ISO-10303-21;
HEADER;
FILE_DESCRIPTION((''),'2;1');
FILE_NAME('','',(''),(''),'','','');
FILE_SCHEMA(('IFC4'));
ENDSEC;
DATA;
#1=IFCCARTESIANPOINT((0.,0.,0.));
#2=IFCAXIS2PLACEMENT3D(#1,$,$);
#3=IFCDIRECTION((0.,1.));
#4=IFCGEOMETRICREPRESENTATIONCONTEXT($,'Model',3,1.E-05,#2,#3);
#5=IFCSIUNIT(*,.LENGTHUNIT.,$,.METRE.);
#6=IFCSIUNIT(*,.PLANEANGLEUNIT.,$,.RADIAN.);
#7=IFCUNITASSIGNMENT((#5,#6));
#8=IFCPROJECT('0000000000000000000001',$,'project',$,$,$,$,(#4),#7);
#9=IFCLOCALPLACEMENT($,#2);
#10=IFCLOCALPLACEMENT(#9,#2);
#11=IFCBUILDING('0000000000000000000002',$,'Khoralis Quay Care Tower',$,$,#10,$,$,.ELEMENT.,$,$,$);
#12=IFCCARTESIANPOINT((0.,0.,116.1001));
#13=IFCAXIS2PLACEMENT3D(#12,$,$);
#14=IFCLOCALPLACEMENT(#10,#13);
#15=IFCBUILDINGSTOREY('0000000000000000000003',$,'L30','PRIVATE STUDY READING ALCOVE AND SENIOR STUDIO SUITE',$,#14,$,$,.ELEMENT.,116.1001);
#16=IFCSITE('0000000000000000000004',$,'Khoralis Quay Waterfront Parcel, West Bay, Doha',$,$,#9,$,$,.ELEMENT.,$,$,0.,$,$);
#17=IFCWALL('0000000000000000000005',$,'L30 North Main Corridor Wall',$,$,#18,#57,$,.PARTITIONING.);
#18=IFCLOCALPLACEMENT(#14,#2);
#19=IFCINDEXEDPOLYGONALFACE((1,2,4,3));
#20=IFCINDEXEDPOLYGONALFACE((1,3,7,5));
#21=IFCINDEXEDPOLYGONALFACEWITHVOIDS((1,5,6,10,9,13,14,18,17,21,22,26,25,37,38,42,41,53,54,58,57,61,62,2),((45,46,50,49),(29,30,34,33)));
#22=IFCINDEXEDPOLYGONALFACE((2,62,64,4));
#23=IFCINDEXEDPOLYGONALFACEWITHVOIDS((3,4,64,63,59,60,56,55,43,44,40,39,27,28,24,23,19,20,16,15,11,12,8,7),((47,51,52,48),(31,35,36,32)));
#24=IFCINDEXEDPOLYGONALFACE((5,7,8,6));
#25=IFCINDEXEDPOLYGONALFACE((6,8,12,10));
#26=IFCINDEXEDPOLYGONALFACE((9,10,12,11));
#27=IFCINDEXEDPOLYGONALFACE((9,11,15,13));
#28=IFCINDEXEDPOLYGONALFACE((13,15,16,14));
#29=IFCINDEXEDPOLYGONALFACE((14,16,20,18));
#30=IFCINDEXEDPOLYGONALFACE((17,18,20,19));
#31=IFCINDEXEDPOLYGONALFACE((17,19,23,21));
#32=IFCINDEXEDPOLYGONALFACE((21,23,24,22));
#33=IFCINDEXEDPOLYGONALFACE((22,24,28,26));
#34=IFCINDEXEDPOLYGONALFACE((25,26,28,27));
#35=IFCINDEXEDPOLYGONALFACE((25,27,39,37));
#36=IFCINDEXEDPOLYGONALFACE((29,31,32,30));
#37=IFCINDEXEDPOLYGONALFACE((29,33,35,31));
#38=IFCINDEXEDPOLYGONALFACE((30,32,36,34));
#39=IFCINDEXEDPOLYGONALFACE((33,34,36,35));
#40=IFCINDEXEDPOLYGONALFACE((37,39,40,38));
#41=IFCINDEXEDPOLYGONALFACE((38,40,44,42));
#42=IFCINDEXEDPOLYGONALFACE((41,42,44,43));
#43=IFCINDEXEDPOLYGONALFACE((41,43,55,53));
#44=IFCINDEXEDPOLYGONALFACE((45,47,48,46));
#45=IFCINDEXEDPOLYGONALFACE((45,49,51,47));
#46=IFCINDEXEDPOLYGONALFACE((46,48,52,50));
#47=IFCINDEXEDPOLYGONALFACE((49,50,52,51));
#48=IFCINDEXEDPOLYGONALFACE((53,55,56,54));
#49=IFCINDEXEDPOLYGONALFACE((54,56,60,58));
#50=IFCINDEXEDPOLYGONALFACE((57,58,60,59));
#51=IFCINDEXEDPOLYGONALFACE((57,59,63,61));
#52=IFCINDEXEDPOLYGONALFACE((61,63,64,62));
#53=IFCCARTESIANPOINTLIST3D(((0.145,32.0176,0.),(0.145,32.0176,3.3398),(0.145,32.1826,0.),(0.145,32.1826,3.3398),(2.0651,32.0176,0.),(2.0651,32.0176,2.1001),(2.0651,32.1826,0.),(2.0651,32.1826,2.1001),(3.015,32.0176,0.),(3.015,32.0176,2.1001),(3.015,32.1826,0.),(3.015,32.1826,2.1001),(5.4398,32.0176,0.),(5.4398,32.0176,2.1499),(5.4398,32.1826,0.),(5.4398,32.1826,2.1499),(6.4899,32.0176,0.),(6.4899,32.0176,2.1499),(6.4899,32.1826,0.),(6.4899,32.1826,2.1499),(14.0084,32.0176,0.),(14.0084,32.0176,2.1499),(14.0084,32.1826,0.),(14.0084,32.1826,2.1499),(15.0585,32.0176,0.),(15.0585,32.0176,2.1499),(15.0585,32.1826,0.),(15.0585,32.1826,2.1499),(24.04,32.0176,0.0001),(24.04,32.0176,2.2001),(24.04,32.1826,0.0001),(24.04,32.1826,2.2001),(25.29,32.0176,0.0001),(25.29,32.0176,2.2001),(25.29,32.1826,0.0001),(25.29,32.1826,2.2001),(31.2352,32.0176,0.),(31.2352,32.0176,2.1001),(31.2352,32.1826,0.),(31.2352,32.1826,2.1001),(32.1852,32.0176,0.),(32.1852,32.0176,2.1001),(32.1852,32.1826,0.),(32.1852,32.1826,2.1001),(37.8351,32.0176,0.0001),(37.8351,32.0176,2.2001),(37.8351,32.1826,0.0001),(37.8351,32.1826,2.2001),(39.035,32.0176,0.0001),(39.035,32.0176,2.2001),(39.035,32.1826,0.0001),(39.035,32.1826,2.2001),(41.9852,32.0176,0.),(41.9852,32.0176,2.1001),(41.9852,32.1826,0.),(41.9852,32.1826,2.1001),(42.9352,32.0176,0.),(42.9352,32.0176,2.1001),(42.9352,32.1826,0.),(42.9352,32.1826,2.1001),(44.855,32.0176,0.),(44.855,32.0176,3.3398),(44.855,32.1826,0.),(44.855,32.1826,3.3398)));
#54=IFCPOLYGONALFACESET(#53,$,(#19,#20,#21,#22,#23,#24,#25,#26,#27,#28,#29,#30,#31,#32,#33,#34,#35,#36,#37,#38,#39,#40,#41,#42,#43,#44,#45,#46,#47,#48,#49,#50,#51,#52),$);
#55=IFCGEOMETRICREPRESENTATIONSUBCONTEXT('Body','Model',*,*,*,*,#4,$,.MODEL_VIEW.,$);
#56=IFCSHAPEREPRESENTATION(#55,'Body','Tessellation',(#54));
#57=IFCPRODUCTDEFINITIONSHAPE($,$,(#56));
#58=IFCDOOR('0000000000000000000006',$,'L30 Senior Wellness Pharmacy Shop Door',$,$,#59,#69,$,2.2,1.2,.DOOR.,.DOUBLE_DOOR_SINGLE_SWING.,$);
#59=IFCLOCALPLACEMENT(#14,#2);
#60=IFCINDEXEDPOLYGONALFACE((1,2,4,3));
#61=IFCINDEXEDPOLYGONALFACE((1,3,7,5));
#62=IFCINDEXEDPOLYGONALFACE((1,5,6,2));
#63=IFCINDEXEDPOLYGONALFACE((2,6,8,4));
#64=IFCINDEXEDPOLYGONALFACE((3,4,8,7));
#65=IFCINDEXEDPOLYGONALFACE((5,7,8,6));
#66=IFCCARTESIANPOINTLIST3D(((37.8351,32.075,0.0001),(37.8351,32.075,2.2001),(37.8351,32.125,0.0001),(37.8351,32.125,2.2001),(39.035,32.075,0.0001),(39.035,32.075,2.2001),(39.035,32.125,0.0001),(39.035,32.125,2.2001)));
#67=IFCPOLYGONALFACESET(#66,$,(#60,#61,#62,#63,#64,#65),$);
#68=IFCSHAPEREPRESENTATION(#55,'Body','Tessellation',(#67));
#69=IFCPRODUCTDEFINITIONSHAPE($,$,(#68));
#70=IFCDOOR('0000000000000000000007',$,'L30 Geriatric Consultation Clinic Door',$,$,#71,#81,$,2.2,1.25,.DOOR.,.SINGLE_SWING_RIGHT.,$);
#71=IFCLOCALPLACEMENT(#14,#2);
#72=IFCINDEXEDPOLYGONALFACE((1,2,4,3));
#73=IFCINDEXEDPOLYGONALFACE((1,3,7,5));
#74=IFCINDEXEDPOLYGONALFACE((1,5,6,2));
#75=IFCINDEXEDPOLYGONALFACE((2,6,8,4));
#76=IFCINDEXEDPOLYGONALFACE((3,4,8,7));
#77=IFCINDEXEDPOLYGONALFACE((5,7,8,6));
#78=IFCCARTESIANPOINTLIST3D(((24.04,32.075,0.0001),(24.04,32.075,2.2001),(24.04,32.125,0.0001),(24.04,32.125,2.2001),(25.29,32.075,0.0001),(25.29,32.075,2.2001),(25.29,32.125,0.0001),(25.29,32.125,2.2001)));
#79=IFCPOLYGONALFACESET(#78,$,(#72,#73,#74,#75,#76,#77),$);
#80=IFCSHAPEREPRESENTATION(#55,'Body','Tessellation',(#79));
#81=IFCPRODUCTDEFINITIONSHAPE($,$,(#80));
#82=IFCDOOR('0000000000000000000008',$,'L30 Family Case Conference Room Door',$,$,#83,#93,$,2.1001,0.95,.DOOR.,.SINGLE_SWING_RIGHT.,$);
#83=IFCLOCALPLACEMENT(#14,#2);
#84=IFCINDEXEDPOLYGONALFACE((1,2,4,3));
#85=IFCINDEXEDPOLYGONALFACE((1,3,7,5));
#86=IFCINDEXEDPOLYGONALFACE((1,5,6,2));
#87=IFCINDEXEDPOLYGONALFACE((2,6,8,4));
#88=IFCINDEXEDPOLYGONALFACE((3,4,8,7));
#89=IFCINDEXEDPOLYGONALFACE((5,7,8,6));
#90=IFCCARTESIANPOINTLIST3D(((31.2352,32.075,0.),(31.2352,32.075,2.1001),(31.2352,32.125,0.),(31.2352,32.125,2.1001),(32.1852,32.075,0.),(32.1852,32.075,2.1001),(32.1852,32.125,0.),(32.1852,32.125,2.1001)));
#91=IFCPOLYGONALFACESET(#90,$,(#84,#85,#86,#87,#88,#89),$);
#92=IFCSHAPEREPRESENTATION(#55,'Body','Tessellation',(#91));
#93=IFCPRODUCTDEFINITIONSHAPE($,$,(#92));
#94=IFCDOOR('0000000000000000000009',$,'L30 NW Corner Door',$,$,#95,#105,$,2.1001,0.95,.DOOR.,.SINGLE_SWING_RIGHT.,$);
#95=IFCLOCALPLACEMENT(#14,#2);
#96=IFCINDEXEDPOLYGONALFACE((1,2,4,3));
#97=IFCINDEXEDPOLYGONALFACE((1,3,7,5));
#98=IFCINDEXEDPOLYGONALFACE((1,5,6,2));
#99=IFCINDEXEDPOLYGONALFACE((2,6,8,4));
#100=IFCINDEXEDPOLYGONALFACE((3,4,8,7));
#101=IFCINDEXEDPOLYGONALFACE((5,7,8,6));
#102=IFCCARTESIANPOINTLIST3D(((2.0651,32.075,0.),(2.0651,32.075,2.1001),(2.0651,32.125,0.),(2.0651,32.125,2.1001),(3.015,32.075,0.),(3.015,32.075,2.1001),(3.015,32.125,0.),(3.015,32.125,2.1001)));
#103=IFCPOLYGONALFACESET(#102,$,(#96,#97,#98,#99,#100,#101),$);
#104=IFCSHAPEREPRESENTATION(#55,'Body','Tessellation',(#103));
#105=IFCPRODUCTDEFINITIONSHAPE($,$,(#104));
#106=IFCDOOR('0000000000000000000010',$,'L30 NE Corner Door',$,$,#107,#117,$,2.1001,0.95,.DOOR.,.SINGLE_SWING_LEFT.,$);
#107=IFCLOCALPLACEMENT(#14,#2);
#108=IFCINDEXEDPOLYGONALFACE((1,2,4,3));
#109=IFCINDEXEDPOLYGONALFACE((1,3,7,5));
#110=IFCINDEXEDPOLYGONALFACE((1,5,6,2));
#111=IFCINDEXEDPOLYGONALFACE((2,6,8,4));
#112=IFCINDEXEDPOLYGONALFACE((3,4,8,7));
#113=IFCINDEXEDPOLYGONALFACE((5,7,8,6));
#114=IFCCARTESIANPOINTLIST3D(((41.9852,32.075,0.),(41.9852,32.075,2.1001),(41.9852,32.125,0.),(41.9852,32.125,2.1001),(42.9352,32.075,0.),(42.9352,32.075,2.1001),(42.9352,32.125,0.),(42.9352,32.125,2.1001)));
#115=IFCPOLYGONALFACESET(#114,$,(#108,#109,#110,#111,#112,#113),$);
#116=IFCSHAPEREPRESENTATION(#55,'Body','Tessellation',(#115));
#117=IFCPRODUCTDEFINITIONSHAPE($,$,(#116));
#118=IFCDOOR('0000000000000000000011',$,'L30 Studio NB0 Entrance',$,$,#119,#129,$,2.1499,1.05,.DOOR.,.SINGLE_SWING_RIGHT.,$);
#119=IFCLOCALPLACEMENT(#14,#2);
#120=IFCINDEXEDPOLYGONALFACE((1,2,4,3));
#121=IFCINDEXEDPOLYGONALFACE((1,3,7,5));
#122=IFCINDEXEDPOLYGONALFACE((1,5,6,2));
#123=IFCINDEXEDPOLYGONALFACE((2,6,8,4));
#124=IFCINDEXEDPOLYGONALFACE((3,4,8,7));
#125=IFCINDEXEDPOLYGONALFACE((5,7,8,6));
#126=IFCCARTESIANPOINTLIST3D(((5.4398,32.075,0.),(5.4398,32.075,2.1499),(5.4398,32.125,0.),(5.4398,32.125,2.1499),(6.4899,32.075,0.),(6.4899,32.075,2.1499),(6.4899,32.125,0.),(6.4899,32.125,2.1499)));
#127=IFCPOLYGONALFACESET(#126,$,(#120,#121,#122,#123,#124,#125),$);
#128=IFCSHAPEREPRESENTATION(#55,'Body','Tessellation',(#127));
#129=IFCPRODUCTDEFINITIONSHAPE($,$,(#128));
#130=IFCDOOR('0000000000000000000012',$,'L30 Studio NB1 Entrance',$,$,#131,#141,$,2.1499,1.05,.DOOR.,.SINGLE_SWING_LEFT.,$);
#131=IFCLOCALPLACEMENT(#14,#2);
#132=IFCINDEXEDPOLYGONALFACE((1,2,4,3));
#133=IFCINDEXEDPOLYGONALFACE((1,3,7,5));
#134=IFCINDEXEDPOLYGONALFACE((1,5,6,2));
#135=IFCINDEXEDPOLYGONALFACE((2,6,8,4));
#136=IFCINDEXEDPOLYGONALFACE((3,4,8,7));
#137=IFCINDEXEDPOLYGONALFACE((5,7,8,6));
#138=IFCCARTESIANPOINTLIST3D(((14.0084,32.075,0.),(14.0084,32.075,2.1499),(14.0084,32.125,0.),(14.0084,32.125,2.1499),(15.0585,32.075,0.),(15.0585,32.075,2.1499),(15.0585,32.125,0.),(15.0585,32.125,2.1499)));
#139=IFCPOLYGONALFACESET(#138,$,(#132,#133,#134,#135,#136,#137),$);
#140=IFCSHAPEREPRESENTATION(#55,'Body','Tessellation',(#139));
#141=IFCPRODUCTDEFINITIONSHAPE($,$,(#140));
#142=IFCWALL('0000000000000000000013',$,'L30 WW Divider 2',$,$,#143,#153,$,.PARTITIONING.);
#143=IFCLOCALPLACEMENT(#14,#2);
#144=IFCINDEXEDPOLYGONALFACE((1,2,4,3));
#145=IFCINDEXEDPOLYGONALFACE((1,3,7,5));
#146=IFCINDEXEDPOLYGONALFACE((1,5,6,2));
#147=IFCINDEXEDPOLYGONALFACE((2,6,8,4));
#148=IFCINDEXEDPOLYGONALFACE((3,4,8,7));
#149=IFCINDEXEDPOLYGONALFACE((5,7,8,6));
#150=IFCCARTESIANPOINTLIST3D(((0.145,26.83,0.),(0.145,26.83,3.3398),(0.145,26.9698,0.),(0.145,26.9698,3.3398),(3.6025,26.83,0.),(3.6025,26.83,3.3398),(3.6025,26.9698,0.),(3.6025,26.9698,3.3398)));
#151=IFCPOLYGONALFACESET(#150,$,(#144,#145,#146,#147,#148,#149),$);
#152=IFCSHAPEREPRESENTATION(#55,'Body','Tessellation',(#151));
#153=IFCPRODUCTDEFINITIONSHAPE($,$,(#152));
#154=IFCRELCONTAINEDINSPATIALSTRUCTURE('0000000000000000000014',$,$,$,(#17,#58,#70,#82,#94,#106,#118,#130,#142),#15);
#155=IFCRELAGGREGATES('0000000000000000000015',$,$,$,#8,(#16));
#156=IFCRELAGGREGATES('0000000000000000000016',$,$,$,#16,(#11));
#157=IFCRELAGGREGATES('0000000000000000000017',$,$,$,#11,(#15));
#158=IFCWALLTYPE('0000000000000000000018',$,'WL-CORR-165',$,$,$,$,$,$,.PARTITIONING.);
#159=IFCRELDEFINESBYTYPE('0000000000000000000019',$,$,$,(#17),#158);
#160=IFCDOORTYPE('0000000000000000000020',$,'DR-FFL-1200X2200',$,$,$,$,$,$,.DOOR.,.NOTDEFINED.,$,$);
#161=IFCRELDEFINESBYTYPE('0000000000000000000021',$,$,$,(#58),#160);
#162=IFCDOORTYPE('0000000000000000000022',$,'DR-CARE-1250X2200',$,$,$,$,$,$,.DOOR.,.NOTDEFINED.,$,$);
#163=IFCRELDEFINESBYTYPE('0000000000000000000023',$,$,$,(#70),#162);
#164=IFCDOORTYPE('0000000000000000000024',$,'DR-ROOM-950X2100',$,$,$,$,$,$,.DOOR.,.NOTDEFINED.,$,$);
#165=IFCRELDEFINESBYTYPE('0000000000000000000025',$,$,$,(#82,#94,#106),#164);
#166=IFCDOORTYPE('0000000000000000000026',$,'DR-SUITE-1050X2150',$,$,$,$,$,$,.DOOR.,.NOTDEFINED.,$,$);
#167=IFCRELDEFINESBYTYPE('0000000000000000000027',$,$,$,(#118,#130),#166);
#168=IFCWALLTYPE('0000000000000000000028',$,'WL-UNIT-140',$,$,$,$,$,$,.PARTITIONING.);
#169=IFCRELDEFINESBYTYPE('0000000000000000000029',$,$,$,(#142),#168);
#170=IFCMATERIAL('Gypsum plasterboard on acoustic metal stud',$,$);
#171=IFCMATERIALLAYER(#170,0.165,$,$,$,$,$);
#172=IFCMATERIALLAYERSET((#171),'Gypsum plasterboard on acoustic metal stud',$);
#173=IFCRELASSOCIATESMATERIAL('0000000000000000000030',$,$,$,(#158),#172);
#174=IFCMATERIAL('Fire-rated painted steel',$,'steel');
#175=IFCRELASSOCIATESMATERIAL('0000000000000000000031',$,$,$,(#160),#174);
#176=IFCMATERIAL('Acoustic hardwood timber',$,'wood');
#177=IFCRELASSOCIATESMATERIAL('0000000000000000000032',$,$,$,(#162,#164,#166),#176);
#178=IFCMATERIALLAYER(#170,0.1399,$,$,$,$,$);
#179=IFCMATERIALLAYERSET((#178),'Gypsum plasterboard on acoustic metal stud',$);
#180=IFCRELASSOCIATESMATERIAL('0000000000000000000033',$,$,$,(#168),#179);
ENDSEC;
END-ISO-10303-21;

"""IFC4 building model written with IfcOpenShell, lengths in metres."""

from ifc_helpers import new_model, si_unit, direction, frame, frame_2d, origin, place, context, subcontext, project, spatial, rectangle, extrude, source, transform, mapped, material, layer, layer_set, type_object, element, fill, save


model = new_model("IFC4")

# Units and contexts
model_context = context("Model", 3, precision=1e-05, world=origin(), true_north=direction((0.0, 1.0)))
body_context = subcontext(model_context, "Body", "Model", "MODEL_VIEW")
ifc_project = project(units=[si_unit("LENGTHUNIT", "METRE"), si_unit("PLANEANGLEUNIT", "RADIAN")], contexts=[model_context])

# Site, building, storey
site_placement = place(None, origin())
site = spatial("IfcSite", under=ifc_project, at=site_placement, Name="Khoralis Quay Waterfront Parcel, West Bay, Doha", CompositionType="ELEMENT", RefElevation=0.0)
building_placement = place(site_placement, origin())
building = spatial("IfcBuilding", under=site, at=building_placement, Name="Khoralis Quay Care Tower", CompositionType="ELEMENT")
storey_placement = place(building_placement, frame((0.0, 0.0, 116.1001)))
storey = spatial("IfcBuildingStorey", under=building, at=storey_placement, Name="L30", Description="PRIVATE STUDY READING ALCOVE AND SENIOR STUDIO SUITE", CompositionType="ELEMENT", Elevation=116.1001)

# Shared definitions
ifc_material_1 = material(Name="Gypsum plasterboard on acoustic metal stud")
ifc_layer_1 = layer(ifc_material_1, 0.165)
ifc_layer_set_1 = layer_set([ifc_layer_1], Name="Gypsum plasterboard on acoustic metal stud")
wall_type_1 = type_object("IfcWallType", Name="WL-CORR-165", PredefinedType="PARTITIONING", material=ifc_layer_set_1)
ifc_material_2 = material(Name="Fire-rated painted steel", Category="steel")
door_type_1 = type_object("IfcDoorType", Name="DR-FFL-1200X2200", OperationType="NOTDEFINED", PredefinedType="DOOR", material=ifc_material_2)
shared_shape_1 = source(origin(), body_context, "Body", "SweptSolid", [
    extrude(rectangle(XDim=1.2, YDim=2.2, at=frame_2d((0.6001, 1.1001))), frame((0.0, 0.0249, 0.0), z_axis=(0.0, -1.0, 0.0), x_axis=(1.0, 0.0, 0.0)), (0.0, 0.0, 1.0), 0.05),
])

# Wall, openings, doors
wall_1_placement = place(storey_placement, frame((0.145, 32.1001, 0.0), z_axis=(0.0, 0.0, 1.0), x_axis=(1.0, 0.0, 0.0)))
wall_1 = element("IfcWall", 1, at=wall_1_placement, inside=storey, type_object=wall_type_1, Name="L30 North Main Corridor Wall", PredefinedType="PARTITIONING", context=body_context, shape_type="SweptSolid", body=[
    extrude(rectangle(XDim=44.71, YDim=0.165, at=frame_2d((22.355, 0.0))), origin(), (0.0, 0.0, 1.0), 3.3398),
])
opening_1_placement = place(wall_1_placement, frame((5.2949, 0.0, 0.0)))
opening_1 = element("IfcOpeningElement", 2, at=opening_1_placement, cuts=wall_1, PredefinedType="OPENING", context=body_context, shape_type="SweptSolid", body=[
    extrude(rectangle(XDim=1.05, YDim=2.1499, at=frame_2d((0.5249, 1.075))), frame((0.0, 0.0925, 0.0), z_axis=(0.0, -1.0, 0.0), x_axis=(1.0, 0.0, 0.0)), (0.0, 0.0, 1.0), 0.1851),
])
opening_2_placement = place(wall_1_placement, frame((13.8635, 0.0, 0.0)))
opening_2 = element("IfcOpeningElement", 3, at=opening_2_placement, cuts=wall_1, PredefinedType="OPENING", context=body_context, shape_type="SweptSolid", body=[
    extrude(rectangle(XDim=1.05, YDim=2.1499, at=frame_2d((0.5249, 1.075))), frame((0.0, 0.0925, 0.0), z_axis=(0.0, -1.0, 0.0), x_axis=(1.0, 0.0, 0.0)), (0.0, 0.0, 1.0), 0.1851),
])
opening_3_placement = place(wall_1_placement, frame((23.895, 0.0, 0.0)))
opening_3 = element("IfcOpeningElement", 4, at=opening_3_placement, cuts=wall_1, PredefinedType="OPENING", context=body_context, shape_type="SweptSolid", body=[
    extrude(rectangle(XDim=1.25, YDim=2.2, at=frame_2d((0.625, 1.1001))), frame((0.0, 0.0925, 0.0), z_axis=(0.0, -1.0, 0.0), x_axis=(1.0, 0.0, 0.0)), (0.0, 0.0, 1.0), 0.1851),
])
opening_4_placement = place(wall_1_placement, frame((31.0901, 0.0, 0.0)))
opening_4 = element("IfcOpeningElement", 5, at=opening_4_placement, cuts=wall_1, PredefinedType="OPENING", context=body_context, shape_type="SweptSolid", body=[
    extrude(rectangle(XDim=0.95, YDim=2.1001, at=frame_2d((0.4751, 1.05))), frame((0.0, 0.0925, 0.0), z_axis=(0.0, -1.0, 0.0), x_axis=(1.0, 0.0, 0.0)), (0.0, 0.0, 1.0), 0.1851),
])
opening_5_placement = place(wall_1_placement, frame((37.6899, 0.0, 0.0)))
opening_5 = element("IfcOpeningElement", 6, at=opening_5_placement, cuts=wall_1, PredefinedType="OPENING", context=body_context, shape_type="SweptSolid", body=[
    extrude(rectangle(XDim=1.2, YDim=2.2, at=frame_2d((0.6001, 1.1001))), frame((0.0, 0.0925, 0.0), z_axis=(0.0, -1.0, 0.0), x_axis=(1.0, 0.0, 0.0)), (0.0, 0.0, 1.0), 0.1851),
])
opening_6_placement = place(wall_1_placement, frame((1.9199, 0.0, 0.0)))
opening_6 = element("IfcOpeningElement", 7, at=opening_6_placement, cuts=wall_1, PredefinedType="OPENING", context=body_context, shape_type="SweptSolid", body=[
    extrude(rectangle(XDim=0.95, YDim=2.1001, at=frame_2d((0.4751, 1.05))), frame((0.0, 0.0925, 0.0), z_axis=(0.0, -1.0, 0.0), x_axis=(1.0, 0.0, 0.0)), (0.0, 0.0, 1.0), 0.1851),
])
opening_7_placement = place(wall_1_placement, frame((41.8401, 0.0, 0.0)))
opening_7 = element("IfcOpeningElement", 8, at=opening_7_placement, cuts=wall_1, PredefinedType="OPENING", context=body_context, shape_type="SweptSolid", body=[
    extrude(rectangle(XDim=0.95, YDim=2.1001, at=frame_2d((0.4751, 1.05))), frame((0.0, 0.0925, 0.0), z_axis=(0.0, -1.0, 0.0), x_axis=(1.0, 0.0, 0.0)), (0.0, 0.0, 1.0), 0.1851),
])
door_1_placement = place(opening_5_placement, origin())
door_1 = element("IfcDoor", 9, at=door_1_placement, inside=storey, type_object=door_type_1, Name="L30 Senior Wellness Pharmacy Shop Door", OperationType="DOUBLE_DOOR_SINGLE_SWING", OverallHeight=2.2, OverallWidth=1.2, PredefinedType="DOOR", context=body_context, shape_type="MappedRepresentation", body=[
    mapped(shared_shape_1, transform((0.0, 0.0, 0.0), scale=1.0)),
])
fill(opening_5, door_1)
ifc_material_3 = material(Name="Acoustic hardwood timber", Category="wood")
door_type_2 = type_object("IfcDoorType", Name="DR-CARE-1250X2200", OperationType="NOTDEFINED", PredefinedType="DOOR", material=ifc_material_3)
shared_shape_2 = source(origin(), body_context, "Body", "SweptSolid", [
    extrude(rectangle(XDim=1.25, YDim=2.2, at=frame_2d((0.625, 1.1001))), frame((0.0, 0.0249, 0.0), z_axis=(0.0, -1.0, 0.0), x_axis=(1.0, 0.0, 0.0)), (0.0, 0.0, 1.0), 0.05),
])
door_2_placement = place(opening_3_placement, origin())
door_2 = element("IfcDoor", 10, at=door_2_placement, inside=storey, type_object=door_type_2, Name="L30 Geriatric Consultation Clinic Door", OperationType="SINGLE_SWING_RIGHT", OverallHeight=2.2, OverallWidth=1.25, PredefinedType="DOOR", context=body_context, shape_type="MappedRepresentation", body=[
    mapped(shared_shape_2, transform((0.0, 0.0, 0.0), scale=1.0)),
])
fill(opening_3, door_2)
door_type_3 = type_object("IfcDoorType", Name="DR-ROOM-950X2100", OperationType="NOTDEFINED", PredefinedType="DOOR", material=ifc_material_3)
shared_shape_3 = source(origin(), body_context, "Body", "SweptSolid", [
    extrude(rectangle(XDim=0.95, YDim=2.1001, at=frame_2d((0.4751, 1.05))), frame((0.0, 0.0249, 0.0), z_axis=(0.0, -1.0, 0.0), x_axis=(1.0, 0.0, 0.0)), (0.0, 0.0, 1.0), 0.05),
])
door_3_placement = place(opening_4_placement, origin())
door_3 = element("IfcDoor", 11, at=door_3_placement, inside=storey, type_object=door_type_3, Name="L30 Family Case Conference Room Door", OperationType="SINGLE_SWING_RIGHT", OverallHeight=2.1001, OverallWidth=0.95, PredefinedType="DOOR", context=body_context, shape_type="MappedRepresentation", body=[
    mapped(shared_shape_3, transform((0.0, 0.0, 0.0), scale=1.0)),
])
fill(opening_4, door_3)
door_4_placement = place(opening_6_placement, origin())
door_4 = element("IfcDoor", 12, at=door_4_placement, inside=storey, type_object=door_type_3, Name="L30 NW Corner Door", OperationType="SINGLE_SWING_RIGHT", OverallHeight=2.1001, OverallWidth=0.95, PredefinedType="DOOR", context=body_context, shape_type="MappedRepresentation", body=[
    mapped(shared_shape_3, transform((0.0, 0.0, 0.0), scale=1.0)),
])
fill(opening_6, door_4)
door_5_placement = place(opening_7_placement, origin())
door_5 = element("IfcDoor", 13, at=door_5_placement, inside=storey, type_object=door_type_3, Name="L30 NE Corner Door", OperationType="SINGLE_SWING_LEFT", OverallHeight=2.1001, OverallWidth=0.95, PredefinedType="DOOR", context=body_context, shape_type="MappedRepresentation", body=[
    mapped(shared_shape_3, transform((0.0, 0.0, 0.0), scale=1.0)),
])
fill(opening_7, door_5)
door_type_4 = type_object("IfcDoorType", Name="DR-SUITE-1050X2150", OperationType="NOTDEFINED", PredefinedType="DOOR", material=ifc_material_3)
shared_shape_4 = source(origin(), body_context, "Body", "SweptSolid", [
    extrude(rectangle(XDim=1.05, YDim=2.1499, at=frame_2d((0.5249, 1.075))), frame((0.0, 0.0249, 0.0), z_axis=(0.0, -1.0, 0.0), x_axis=(1.0, 0.0, 0.0)), (0.0, 0.0, 1.0), 0.05),
])
door_6_placement = place(opening_1_placement, origin())
door_6 = element("IfcDoor", 14, at=door_6_placement, inside=storey, type_object=door_type_4, Name="L30 Studio NB0 Entrance", OperationType="SINGLE_SWING_RIGHT", OverallHeight=2.1499, OverallWidth=1.05, PredefinedType="DOOR", context=body_context, shape_type="MappedRepresentation", body=[
    mapped(shared_shape_4, transform((0.0, 0.0, 0.0), scale=1.0)),
])
fill(opening_1, door_6)
door_7_placement = place(opening_2_placement, origin())
door_7 = element("IfcDoor", 15, at=door_7_placement, inside=storey, type_object=door_type_4, Name="L30 Studio NB1 Entrance", OperationType="SINGLE_SWING_LEFT", OverallHeight=2.1499, OverallWidth=1.05, PredefinedType="DOOR", context=body_context, shape_type="MappedRepresentation", body=[
    mapped(shared_shape_4, transform((0.0, 0.0, 0.0), scale=1.0)),
])
fill(opening_2, door_7)

# Wall
ifc_layer_2 = layer(ifc_material_1, 0.1399)
ifc_layer_set_2 = layer_set([ifc_layer_2], Name="Gypsum plasterboard on acoustic metal stud")
wall_type_2 = type_object("IfcWallType", Name="WL-UNIT-140", PredefinedType="PARTITIONING", material=ifc_layer_set_2)
wall_2_placement = place(storey_placement, frame((0.145, 26.8999, 0.0), z_axis=(0.0, 0.0, 1.0), x_axis=(1.0, 0.0, 0.0)))
element("IfcWall", 16, at=wall_2_placement, inside=storey, type_object=wall_type_2, Name="L30 WW Divider 2", PredefinedType="PARTITIONING", context=body_context, shape_type="SweptSolid", body=[
    extrude(rectangle(XDim=3.4575, YDim=0.1399, at=frame_2d((1.7288, 0.0))), origin(), (0.0, 0.0, 1.0), 3.3398),
])

save(model, "model.ifc")
